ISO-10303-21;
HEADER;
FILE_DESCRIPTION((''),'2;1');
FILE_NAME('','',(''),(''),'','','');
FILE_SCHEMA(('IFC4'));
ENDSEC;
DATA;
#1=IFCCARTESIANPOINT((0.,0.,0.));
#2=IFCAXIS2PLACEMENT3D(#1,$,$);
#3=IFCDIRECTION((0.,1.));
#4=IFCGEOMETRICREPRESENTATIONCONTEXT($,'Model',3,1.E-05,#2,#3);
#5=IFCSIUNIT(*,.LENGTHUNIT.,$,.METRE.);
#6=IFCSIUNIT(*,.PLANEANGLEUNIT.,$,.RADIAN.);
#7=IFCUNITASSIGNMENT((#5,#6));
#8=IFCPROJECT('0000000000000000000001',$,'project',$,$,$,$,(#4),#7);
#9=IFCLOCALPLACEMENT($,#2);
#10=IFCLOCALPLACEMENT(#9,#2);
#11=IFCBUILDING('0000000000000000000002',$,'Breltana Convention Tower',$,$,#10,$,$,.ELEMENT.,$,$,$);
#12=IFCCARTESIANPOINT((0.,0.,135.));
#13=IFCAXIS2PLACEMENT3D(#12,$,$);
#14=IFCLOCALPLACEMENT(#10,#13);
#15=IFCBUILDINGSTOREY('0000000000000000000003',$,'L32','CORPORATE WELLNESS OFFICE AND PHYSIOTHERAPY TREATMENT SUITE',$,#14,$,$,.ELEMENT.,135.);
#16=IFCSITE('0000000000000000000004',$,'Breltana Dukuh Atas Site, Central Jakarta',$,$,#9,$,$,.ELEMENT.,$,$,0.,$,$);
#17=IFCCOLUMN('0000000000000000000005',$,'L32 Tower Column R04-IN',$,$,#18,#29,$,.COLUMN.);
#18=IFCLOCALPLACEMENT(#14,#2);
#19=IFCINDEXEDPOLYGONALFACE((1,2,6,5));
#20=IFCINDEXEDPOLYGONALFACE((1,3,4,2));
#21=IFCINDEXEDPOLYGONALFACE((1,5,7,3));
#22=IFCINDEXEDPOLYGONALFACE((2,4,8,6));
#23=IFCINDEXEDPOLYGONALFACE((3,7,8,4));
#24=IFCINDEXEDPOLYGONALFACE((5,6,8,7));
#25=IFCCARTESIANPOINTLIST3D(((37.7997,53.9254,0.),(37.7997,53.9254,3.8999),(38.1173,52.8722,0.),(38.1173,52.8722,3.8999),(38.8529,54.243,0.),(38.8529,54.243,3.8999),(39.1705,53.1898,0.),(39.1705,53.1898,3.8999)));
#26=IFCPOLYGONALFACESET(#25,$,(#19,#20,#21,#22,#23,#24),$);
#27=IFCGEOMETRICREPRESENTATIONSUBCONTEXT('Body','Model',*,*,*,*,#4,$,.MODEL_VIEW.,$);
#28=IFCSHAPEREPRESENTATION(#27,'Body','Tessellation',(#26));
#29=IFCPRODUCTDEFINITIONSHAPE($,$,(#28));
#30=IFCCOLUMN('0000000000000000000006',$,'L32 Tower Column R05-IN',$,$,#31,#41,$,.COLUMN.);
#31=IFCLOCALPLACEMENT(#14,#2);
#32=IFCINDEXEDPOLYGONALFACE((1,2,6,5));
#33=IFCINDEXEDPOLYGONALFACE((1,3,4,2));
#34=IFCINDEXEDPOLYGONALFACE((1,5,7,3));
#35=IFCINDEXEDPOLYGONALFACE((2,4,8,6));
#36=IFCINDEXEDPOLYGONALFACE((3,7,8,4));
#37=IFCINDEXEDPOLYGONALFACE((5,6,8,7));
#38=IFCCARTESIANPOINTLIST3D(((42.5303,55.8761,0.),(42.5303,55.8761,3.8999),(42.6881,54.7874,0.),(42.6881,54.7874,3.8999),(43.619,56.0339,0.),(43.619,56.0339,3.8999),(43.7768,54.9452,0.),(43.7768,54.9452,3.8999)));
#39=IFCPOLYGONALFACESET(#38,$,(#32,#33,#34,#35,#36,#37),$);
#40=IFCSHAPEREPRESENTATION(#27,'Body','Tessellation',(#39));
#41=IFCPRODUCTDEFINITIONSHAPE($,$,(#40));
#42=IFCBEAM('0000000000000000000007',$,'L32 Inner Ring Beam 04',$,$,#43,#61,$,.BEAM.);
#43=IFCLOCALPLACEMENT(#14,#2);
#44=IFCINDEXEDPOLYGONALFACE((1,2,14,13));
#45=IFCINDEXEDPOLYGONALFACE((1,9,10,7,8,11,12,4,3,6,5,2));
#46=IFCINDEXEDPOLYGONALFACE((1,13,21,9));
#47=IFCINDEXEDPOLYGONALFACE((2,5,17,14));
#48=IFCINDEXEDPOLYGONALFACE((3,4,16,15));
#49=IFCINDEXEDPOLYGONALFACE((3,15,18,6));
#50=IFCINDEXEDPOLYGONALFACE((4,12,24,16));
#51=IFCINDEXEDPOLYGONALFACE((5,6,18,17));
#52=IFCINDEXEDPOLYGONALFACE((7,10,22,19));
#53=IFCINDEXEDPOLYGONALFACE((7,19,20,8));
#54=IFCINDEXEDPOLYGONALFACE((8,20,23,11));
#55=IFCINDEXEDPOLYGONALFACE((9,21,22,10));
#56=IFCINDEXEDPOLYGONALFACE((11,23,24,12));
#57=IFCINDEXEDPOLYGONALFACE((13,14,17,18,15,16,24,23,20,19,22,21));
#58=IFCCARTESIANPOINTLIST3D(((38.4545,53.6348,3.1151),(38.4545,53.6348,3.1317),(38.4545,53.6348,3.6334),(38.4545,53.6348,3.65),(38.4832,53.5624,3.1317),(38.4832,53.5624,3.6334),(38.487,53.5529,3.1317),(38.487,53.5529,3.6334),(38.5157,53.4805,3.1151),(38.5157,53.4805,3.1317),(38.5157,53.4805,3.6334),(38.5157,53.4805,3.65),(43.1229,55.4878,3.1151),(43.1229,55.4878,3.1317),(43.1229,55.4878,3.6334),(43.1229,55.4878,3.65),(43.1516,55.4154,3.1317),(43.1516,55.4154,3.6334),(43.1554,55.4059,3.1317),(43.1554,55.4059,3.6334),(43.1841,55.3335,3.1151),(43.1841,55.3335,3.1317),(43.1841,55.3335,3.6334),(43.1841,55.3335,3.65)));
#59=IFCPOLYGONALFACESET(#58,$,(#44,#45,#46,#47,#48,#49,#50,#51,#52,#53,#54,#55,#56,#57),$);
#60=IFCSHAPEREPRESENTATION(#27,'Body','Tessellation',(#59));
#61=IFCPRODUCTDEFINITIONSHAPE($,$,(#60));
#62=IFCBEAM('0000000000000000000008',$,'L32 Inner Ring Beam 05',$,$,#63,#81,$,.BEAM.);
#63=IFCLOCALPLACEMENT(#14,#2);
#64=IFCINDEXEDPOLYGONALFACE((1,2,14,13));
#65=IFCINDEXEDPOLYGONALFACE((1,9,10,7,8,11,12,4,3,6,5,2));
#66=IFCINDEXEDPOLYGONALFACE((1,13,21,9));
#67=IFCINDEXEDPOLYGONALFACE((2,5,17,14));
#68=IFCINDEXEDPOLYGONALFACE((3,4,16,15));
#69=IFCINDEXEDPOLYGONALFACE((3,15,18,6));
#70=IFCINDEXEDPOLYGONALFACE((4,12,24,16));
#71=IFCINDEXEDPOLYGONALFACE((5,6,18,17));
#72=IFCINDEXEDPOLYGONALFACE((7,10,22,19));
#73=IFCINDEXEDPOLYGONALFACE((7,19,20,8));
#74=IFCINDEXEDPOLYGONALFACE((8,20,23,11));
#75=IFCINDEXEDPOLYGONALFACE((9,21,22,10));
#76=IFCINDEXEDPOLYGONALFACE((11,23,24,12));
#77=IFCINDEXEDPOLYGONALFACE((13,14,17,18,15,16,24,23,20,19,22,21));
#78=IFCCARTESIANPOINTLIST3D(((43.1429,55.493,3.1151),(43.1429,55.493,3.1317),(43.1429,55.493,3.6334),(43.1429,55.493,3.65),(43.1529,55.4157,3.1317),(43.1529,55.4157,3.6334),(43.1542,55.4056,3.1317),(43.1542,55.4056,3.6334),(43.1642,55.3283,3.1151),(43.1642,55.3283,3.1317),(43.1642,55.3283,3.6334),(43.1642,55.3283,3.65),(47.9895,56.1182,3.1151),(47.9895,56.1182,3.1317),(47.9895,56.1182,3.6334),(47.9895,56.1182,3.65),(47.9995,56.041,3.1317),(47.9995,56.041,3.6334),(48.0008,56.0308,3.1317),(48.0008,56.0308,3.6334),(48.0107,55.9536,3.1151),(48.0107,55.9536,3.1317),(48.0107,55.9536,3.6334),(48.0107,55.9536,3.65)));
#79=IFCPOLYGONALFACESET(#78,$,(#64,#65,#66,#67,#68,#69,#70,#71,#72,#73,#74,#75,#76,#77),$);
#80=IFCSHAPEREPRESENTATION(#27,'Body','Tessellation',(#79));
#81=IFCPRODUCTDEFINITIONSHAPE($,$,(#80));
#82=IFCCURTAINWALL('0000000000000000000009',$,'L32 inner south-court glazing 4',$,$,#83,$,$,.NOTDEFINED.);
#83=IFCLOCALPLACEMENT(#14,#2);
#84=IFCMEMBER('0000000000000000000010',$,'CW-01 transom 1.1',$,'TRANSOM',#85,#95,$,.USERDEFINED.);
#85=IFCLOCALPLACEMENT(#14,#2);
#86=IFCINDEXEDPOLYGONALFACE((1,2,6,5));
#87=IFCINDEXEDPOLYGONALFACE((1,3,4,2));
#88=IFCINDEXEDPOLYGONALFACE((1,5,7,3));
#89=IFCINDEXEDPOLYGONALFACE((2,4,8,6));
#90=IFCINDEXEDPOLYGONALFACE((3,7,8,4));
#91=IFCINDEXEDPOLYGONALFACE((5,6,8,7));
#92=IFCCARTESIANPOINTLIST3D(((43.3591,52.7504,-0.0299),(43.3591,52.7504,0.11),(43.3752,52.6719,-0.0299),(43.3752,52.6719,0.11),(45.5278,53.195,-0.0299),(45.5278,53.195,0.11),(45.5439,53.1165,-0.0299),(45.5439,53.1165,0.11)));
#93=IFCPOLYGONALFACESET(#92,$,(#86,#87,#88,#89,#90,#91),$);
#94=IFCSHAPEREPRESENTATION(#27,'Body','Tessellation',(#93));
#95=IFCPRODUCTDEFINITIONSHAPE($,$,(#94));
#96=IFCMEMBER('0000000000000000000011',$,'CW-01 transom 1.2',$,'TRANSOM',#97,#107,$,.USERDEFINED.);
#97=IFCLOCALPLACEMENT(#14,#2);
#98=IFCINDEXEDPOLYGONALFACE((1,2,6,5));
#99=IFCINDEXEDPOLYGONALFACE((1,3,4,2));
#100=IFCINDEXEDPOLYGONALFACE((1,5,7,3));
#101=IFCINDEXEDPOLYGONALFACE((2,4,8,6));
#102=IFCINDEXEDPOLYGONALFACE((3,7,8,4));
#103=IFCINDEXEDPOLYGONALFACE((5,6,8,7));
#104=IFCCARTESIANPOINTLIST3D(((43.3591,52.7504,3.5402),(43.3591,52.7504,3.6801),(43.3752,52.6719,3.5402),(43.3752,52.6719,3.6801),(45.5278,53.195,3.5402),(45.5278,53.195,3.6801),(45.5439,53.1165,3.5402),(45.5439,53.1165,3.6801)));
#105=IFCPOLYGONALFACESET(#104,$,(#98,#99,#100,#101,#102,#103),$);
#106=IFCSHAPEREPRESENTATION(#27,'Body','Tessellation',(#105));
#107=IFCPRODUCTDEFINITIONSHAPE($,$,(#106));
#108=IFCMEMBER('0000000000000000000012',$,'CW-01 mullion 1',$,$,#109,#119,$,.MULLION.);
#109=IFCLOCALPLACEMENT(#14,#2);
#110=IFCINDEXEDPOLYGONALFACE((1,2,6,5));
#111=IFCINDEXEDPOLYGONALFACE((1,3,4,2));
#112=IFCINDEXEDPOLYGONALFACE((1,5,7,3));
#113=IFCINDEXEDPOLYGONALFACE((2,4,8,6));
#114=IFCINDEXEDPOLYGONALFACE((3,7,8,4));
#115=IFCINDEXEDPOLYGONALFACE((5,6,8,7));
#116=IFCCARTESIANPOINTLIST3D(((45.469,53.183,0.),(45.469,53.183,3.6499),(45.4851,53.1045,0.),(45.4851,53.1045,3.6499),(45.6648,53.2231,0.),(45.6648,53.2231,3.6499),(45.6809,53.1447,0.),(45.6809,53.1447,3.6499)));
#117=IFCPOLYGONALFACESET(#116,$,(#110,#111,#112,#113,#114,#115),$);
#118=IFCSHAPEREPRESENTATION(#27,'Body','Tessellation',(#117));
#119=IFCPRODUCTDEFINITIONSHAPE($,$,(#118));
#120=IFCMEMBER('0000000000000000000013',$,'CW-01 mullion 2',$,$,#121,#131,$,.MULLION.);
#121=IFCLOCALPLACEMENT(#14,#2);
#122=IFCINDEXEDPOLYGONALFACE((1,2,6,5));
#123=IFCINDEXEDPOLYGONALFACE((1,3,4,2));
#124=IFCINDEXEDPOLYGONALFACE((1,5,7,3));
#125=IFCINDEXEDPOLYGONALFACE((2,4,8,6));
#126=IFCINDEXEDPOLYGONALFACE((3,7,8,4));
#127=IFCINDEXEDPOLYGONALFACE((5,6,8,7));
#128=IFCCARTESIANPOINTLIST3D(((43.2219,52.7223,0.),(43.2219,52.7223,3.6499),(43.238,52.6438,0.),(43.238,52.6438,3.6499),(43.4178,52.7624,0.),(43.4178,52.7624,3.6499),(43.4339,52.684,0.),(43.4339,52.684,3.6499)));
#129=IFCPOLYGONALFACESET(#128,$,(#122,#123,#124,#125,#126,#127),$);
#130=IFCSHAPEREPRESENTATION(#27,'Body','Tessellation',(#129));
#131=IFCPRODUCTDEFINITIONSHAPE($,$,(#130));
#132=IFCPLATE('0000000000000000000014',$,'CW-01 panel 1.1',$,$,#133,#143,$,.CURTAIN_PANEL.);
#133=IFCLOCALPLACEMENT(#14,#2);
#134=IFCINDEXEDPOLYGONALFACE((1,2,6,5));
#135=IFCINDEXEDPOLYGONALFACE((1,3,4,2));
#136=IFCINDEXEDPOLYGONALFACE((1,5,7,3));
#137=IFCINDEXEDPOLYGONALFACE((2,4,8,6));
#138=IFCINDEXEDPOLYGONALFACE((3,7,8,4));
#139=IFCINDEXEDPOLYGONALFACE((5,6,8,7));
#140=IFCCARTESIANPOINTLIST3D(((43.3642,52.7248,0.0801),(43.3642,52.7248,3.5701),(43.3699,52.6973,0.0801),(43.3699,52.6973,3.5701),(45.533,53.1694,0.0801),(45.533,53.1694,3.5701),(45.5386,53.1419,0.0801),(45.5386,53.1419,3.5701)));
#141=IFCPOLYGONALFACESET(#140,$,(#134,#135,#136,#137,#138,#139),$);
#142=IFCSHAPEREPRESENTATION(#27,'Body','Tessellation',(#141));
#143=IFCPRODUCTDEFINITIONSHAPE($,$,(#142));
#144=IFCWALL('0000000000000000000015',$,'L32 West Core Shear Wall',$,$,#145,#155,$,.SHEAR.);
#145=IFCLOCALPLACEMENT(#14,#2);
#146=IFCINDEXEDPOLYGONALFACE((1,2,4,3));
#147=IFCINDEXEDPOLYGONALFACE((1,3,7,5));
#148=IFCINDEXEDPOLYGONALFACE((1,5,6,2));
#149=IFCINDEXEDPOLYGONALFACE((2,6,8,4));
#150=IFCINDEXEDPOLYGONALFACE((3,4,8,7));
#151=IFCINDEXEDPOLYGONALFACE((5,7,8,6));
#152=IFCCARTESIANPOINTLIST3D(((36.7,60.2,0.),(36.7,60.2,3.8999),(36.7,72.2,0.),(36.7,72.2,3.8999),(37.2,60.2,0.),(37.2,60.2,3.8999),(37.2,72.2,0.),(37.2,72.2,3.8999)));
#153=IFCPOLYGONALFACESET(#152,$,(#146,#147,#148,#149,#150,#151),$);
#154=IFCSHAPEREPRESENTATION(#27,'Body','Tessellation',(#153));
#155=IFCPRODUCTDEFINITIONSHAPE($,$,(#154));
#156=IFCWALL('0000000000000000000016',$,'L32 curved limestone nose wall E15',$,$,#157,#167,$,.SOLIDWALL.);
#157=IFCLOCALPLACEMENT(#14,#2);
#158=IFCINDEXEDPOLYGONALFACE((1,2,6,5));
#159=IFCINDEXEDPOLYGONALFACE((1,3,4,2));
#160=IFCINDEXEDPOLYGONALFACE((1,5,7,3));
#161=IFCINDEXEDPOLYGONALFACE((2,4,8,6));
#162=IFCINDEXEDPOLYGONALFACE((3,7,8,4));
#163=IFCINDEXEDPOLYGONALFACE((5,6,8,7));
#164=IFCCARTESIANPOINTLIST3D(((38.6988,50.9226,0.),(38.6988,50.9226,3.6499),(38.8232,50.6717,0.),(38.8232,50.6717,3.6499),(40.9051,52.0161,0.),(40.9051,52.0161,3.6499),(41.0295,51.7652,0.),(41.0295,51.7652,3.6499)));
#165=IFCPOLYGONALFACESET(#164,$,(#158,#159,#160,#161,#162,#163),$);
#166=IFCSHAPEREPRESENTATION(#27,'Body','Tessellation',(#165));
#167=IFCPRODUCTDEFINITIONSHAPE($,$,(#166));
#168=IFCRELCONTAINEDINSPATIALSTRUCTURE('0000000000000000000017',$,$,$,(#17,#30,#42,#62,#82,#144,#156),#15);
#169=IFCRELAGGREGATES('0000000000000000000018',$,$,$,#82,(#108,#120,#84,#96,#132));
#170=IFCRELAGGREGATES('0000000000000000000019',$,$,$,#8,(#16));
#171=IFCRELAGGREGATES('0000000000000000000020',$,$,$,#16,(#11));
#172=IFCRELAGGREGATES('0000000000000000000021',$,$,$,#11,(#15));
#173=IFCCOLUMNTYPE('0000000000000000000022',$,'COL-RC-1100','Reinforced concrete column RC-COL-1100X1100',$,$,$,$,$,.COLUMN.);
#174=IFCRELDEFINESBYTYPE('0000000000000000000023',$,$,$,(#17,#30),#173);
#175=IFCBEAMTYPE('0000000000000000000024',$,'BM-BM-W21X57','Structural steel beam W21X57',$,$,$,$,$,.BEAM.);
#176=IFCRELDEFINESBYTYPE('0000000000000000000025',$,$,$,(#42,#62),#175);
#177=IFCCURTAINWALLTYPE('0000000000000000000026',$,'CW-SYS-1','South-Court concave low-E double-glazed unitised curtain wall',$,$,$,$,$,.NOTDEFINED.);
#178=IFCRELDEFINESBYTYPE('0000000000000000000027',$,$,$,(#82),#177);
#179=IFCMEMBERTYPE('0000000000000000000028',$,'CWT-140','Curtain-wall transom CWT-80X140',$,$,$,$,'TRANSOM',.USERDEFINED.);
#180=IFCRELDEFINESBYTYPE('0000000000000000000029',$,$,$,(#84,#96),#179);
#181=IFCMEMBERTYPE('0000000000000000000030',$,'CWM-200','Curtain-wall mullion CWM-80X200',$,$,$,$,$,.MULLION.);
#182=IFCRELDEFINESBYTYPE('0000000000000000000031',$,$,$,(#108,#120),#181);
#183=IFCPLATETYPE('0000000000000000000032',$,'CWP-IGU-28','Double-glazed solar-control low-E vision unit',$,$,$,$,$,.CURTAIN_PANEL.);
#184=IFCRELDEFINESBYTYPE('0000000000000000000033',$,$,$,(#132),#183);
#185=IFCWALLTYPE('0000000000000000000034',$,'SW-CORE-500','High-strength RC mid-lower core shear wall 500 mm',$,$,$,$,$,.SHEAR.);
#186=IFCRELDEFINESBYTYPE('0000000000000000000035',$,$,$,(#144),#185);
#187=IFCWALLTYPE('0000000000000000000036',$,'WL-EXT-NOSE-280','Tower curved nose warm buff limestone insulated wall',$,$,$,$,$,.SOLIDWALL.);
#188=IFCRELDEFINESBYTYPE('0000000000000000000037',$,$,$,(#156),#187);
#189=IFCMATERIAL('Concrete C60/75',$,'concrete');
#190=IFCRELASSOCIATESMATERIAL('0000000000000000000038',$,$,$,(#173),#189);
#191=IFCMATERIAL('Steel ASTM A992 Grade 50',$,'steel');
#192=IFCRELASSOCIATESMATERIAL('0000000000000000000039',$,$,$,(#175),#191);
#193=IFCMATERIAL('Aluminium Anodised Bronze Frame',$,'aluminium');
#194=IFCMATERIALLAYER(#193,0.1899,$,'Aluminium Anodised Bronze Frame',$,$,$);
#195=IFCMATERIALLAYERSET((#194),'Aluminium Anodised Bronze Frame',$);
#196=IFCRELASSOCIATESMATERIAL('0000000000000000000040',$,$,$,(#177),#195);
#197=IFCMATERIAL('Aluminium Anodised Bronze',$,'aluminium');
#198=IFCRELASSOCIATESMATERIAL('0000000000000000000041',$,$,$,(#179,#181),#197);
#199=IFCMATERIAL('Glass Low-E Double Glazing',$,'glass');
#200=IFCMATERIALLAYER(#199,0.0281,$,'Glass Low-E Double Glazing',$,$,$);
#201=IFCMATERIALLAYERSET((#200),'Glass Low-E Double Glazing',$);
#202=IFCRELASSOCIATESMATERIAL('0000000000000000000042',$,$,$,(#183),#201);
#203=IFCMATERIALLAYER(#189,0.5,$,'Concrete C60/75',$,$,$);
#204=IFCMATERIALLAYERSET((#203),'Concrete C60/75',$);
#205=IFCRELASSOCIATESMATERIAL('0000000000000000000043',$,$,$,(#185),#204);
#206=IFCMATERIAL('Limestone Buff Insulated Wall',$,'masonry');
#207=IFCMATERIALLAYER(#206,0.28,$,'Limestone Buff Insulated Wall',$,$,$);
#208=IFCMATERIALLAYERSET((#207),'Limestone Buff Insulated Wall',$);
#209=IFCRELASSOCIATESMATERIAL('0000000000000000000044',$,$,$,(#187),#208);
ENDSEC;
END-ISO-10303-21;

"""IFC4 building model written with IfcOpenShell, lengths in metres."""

from ifc_helpers import new_model, si_unit, direction, frame, frame_2d, origin, origin_2d, place, context, subcontext, project, spatial, rectangle, i_section, extrude, source, transform, mapped, material, layer, layer_set, material_profile, profile_set, type_object, element, aggregate, save


model = new_model("IFC4")

# Units and contexts
model_context = context("Model", 3, precision=1e-05, world=origin(), true_north=direction((0.0, 1.0)))
body_context = subcontext(model_context, "Body", "Model", "MODEL_VIEW")
ifc_project = project(units=[si_unit("LENGTHUNIT", "METRE"), si_unit("PLANEANGLEUNIT", "RADIAN")], contexts=[model_context])

# Site, building, storey
site_placement = place(None, origin())
site = spatial("IfcSite", under=ifc_project, at=site_placement, Name="Breltana Dukuh Atas Site, Central Jakarta", CompositionType="ELEMENT", RefElevation=0.0)
building_placement = place(site_placement, origin())
building = spatial("IfcBuilding", under=site, at=building_placement, Name="Breltana Convention Tower", CompositionType="ELEMENT")
storey_placement = place(building_placement, frame((0.0, 0.0, 135.0)))
storey = spatial("IfcBuildingStorey", under=building, at=storey_placement, Name="L32", Description="CORPORATE WELLNESS OFFICE AND PHYSIOTHERAPY TREATMENT SUITE", CompositionType="ELEMENT", Elevation=135.0)

# Columns
ifc_material_1 = material(Name="Concrete C60/75", Category="concrete")
ifc_material_profile_1 = material_profile(ifc_material_1, rectangle(XDim=1.1001, YDim=1.1001, at=origin_2d()), Name="RC-COL-1100X1100")
ifc_profile_set_1 = profile_set([ifc_material_profile_1], Name="Concrete C60/75")
column_type = type_object("IfcColumnType", Name="COL-RC-1100", Description="Reinforced concrete column RC-COL-1100X1100", PredefinedType="COLUMN", material=ifc_profile_set_1)
shared_shape_1 = source(origin(), body_context, "Body", "SweptSolid", [
    extrude(rectangle(XDim=1.1001, YDim=1.1001, at=origin_2d()), origin(), (0.0, 0.0, 1.0), 3.8999),
])
for number, where, z_axis, x_axis, name in (
    (1, (38.4851, 53.5576, 0.0), (0.0, 0.0, 1.0), (-0.288698, 0.95742, 0.0), "L32 Tower Column R04-IN"),
    (2, (43.1536, 55.4106, 0.0), (0.0, 0.0, 1.0), (-0.143493, 0.989651, 0.0), "L32 Tower Column R05-IN"),
):
    element("IfcColumn", number, at=place(storey_placement, frame(where, z_axis=z_axis, x_axis=x_axis)), inside=storey, type_object=column_type, Name=name, PredefinedType="COLUMN", context=body_context, shape_type="MappedRepresentation", body=[
        mapped(shared_shape_1, transform((0.0, 0.0, 0.0), scale=1.0)),
    ])

# Beams
ifc_material_2 = material(Name="Steel ASTM A992 Grade 50", Category="steel")
ifc_material_profile_2 = material_profile(ifc_material_2, i_section(OverallWidth=0.166, OverallDepth=0.5349, WebThickness=0.0103, FlangeThickness=0.0166, at=origin_2d()), Name="W21X57")
ifc_profile_set_2 = profile_set([ifc_material_profile_2], Name="Steel ASTM A992 Grade 50")
beam_type = type_object("IfcBeamType", Name="BM-BM-W21X57", Description="Structural steel beam W21X57", PredefinedType="BEAM", material=ifc_profile_set_2)
shared_shape_2 = source(origin(), body_context, "Body", "SweptSolid", [
    extrude(i_section(OverallWidth=0.166, OverallDepth=0.5349, WebThickness=0.0103, FlangeThickness=0.0166, at=origin_2d()), origin(), (0.0, 0.0, 1.0), 5.0227),
])
beam_1_placement = place(storey_placement, frame((38.4851, 53.5576, 3.3826), z_axis=(0.929459, 0.368926, 0.0), x_axis=(-0.368926, 0.929459, 0.0)))
element("IfcBeam", 3, at=beam_1_placement, inside=storey, type_object=beam_type, Name="L32 Inner Ring Beam 04", PredefinedType="BEAM", context=body_context, shape_type="MappedRepresentation", body=[
    mapped(shared_shape_2, transform((0.0, 0.0, 0.0), scale=1.0)),
])
shared_shape_3 = source(origin(), body_context, "Body", "SweptSolid", [
    extrude(i_section(OverallWidth=0.166, OverallDepth=0.5349, WebThickness=0.0103, FlangeThickness=0.0166, at=origin_2d()), origin(), (0.0, 0.0, 1.0), 4.8867),
])
beam_2_placement = place(storey_placement, frame((43.1536, 55.4106, 3.3826), z_axis=(0.991781, 0.127951, 0.0), x_axis=(-0.127951, 0.991781, 0.0)))
element("IfcBeam", 4, at=beam_2_placement, inside=storey, type_object=beam_type, Name="L32 Inner Ring Beam 05", PredefinedType="BEAM", context=body_context, shape_type="MappedRepresentation", body=[
    mapped(shared_shape_3, transform((0.0, 0.0, 0.0), scale=1.0)),
])

# Curtain wall, members, plate
ifc_material_3 = material(Name="Aluminium Anodised Bronze Frame", Category="aluminium")
ifc_layer_1 = layer(ifc_material_3, 0.1899, Name="Aluminium Anodised Bronze Frame")
ifc_layer_set_1 = layer_set([ifc_layer_1], Name="Aluminium Anodised Bronze Frame")
curtain_wall_type = type_object("IfcCurtainWallType", Name="CW-SYS-1", Description="South-Court concave low-E double-glazed unitised curtain wall", PredefinedType="NOTDEFINED", material=ifc_layer_set_1)
curtain_wall_placement = place(storey_placement, origin())
curtain_wall = element("IfcCurtainWall", 5, at=curtain_wall_placement, inside=storey, type_object=curtain_wall_type, Name="L32 inner south-court glazing 4", PredefinedType="NOTDEFINED")
ifc_material_4 = material(Name="Aluminium Anodised Bronze", Category="aluminium")
ifc_material_profile_3 = material_profile(ifc_material_4, rectangle(XDim=0.0801, YDim=0.1399, at=origin_2d()), Name="CWT-80X140")
ifc_profile_set_3 = profile_set([ifc_material_profile_3], Name="Aluminium Anodised Bronze")
member_type_1 = type_object("IfcMemberType", Name="CWT-140", Description="Curtain-wall transom CWT-80X140", ElementType="TRANSOM", PredefinedType="USERDEFINED", material=ifc_profile_set_3)
shared_shape_4 = source(origin(), body_context, "Body", "SweptSolid", [
    extrude(rectangle(XDim=0.0801, YDim=0.1399, at=origin_2d()), origin(), (0.0, 0.0, 1.0), 2.2139),
])
member_1_placement = place(storey_placement, frame((45.5359, 53.1558, 0.04), z_axis=(-0.979628, -0.200822, 0.0), x_axis=(0.200822, -0.979628, 0.0)))
member_1 = element("IfcMember", 6, at=member_1_placement, type_object=member_type_1, Name="CW-01 transom 1.1", ObjectType="TRANSOM", PredefinedType="USERDEFINED", context=body_context, shape_type="MappedRepresentation", body=[
    mapped(shared_shape_4, transform((0.0, 0.0, 0.0), scale=1.0)),
])
member_2_placement = place(storey_placement, frame((45.5359, 53.1558, 3.6101), z_axis=(-0.979628, -0.200822, 0.0), x_axis=(0.200822, -0.979628, 0.0)))
member_2 = element("IfcMember", 7, at=member_2_placement, type_object=member_type_1, Name="CW-01 transom 1.2", ObjectType="TRANSOM", PredefinedType="USERDEFINED", context=body_context, shape_type="MappedRepresentation", body=[
    mapped(shared_shape_4, transform((0.0, 0.0, 0.0), scale=1.0)),
])
ifc_material_profile_4 = material_profile(ifc_material_4, rectangle(XDim=0.0801, YDim=0.2, at=origin_2d()), Name="CWM-80X200")
ifc_profile_set_4 = profile_set([ifc_material_profile_4], Name="Aluminium Anodised Bronze")
member_type_2 = type_object("IfcMemberType", Name="CWM-200", Description="Curtain-wall mullion CWM-80X200", PredefinedType="MULLION", material=ifc_profile_set_4)
shared_shape_5 = source(origin(), body_context, "Body", "SweptSolid", [
    extrude(rectangle(XDim=0.0801, YDim=0.2, at=origin_2d()), origin(), (0.0, 0.0, 1.0), 3.6499),
])
member_3_placement = place(storey_placement, frame((45.575, 53.1638, 0.0), z_axis=(0.0, 0.0, 1.0), x_axis=(0.200853, -0.979621, 0.0)))
member_3 = element("IfcMember", 8, at=member_3_placement, type_object=member_type_2, Name="CW-01 mullion 1", PredefinedType="MULLION", context=body_context, shape_type="MappedRepresentation", body=[
    mapped(shared_shape_5, transform((0.0, 0.0, 0.0), scale=1.0)),
])
member_4_placement = place(storey_placement, frame((43.3279, 52.7031, 0.0), z_axis=(0.0, 0.0, 1.0), x_axis=(0.200853, -0.979621, 0.0)))
member_4 = element("IfcMember", 9, at=member_4_placement, type_object=member_type_2, Name="CW-01 mullion 2", PredefinedType="MULLION", context=body_context, shape_type="MappedRepresentation", body=[
    mapped(shared_shape_5, transform((0.0, 0.0, 0.0), scale=1.0)),
])
ifc_material_5 = material(Name="Glass Low-E Double Glazing", Category="glass")
ifc_layer_2 = layer(ifc_material_5, 0.0281, Name="Glass Low-E Double Glazing")
ifc_layer_set_2 = layer_set([ifc_layer_2], Name="Glass Low-E Double Glazing")
plate_type = type_object("IfcPlateType", Name="CWP-IGU-28", Description="Double-glazed solar-control low-E vision unit", PredefinedType="CURTAIN_PANEL", material=ifc_layer_set_2)
shared_shape_6 = source(origin(), body_context, "Body", "SweptSolid", [
    extrude(rectangle(XDim=2.2139, YDim=0.0281, at=origin_2d()), origin(), (0.0, 0.0, 1.0), 3.49),
])
plate_placement = place(storey_placement, frame((44.4514, 52.9333, 0.0801), z_axis=(0.0, 0.0, 1.0), x_axis=(-0.979621, -0.200853, 0.0)))
plate = element("IfcPlate", 10, at=plate_placement, type_object=plate_type, Name="CW-01 panel 1.1", PredefinedType="CURTAIN_PANEL", context=body_context, shape_type="MappedRepresentation", body=[
    mapped(shared_shape_6, transform((0.0, 0.0, 0.0), scale=1.0)),
])
aggregate(curtain_wall, [member_3, member_4, member_1, member_2, plate])

# Walls
ifc_layer_3 = layer(ifc_material_1, 0.5, Name="Concrete C60/75")
ifc_layer_set_3 = layer_set([ifc_layer_3], Name="Concrete C60/75")
wall_type_1 = type_object("IfcWallType", Name="SW-CORE-500", Description="High-strength RC mid-lower core shear wall 500 mm", PredefinedType="SHEAR", material=ifc_layer_set_3)
shared_shape_7 = source(origin(), body_context, "Body", "SweptSolid", [
    extrude(rectangle(XDim=12.0, YDim=0.5, at=frame_2d((6.0, 0.0))), origin(), (0.0, 0.0, 1.0), 3.8999),
])
wall_1_placement = place(storey_placement, frame((36.95, 60.2, 0.0), z_axis=(0.0, 0.0, 1.0), x_axis=(0.0, 1.0, 0.0)))
element("IfcWall", 11, at=wall_1_placement, inside=storey, type_object=wall_type_1, Name="L32 West Core Shear Wall", PredefinedType="SHEAR", context=body_context, shape_type="MappedRepresentation", body=[
    mapped(shared_shape_7, transform((0.0, 0.0, 0.0), scale=1.0)),
])
ifc_material_6 = material(Name="Limestone Buff Insulated Wall", Category="masonry")
ifc_layer_4 = layer(ifc_material_6, 0.28, Name="Limestone Buff Insulated Wall")
ifc_layer_set_4 = layer_set([ifc_layer_4], Name="Limestone Buff Insulated Wall")
wall_type_2 = type_object("IfcWallType", Name="WL-EXT-NOSE-280", Description="Tower curved nose warm buff limestone insulated wall", PredefinedType="SOLIDWALL", material=ifc_layer_set_4)
shared_shape_8 = source(origin(), body_context, "Body", "SweptSolid", [
    extrude(rectangle(XDim=2.4624, YDim=0.28, at=frame_2d((1.2312, 0.0))), origin(), (0.0, 0.0, 1.0), 3.6499),
])
wall_2_placement = place(storey_placement, frame((40.9673, 51.8906, 0.0), z_axis=(0.0, 0.0, 1.0), x_axis=(-0.895988, -0.444078, 0.0)))
element("IfcWall", 12, at=wall_2_placement, inside=storey, type_object=wall_type_2, Name="L32 curved limestone nose wall E15", PredefinedType="SOLIDWALL", context=body_context, shape_type="MappedRepresentation", body=[
    mapped(shared_shape_8, transform((0.0, 0.0, 0.0), scale=1.0)),
])

save(model, "model.ifc")
